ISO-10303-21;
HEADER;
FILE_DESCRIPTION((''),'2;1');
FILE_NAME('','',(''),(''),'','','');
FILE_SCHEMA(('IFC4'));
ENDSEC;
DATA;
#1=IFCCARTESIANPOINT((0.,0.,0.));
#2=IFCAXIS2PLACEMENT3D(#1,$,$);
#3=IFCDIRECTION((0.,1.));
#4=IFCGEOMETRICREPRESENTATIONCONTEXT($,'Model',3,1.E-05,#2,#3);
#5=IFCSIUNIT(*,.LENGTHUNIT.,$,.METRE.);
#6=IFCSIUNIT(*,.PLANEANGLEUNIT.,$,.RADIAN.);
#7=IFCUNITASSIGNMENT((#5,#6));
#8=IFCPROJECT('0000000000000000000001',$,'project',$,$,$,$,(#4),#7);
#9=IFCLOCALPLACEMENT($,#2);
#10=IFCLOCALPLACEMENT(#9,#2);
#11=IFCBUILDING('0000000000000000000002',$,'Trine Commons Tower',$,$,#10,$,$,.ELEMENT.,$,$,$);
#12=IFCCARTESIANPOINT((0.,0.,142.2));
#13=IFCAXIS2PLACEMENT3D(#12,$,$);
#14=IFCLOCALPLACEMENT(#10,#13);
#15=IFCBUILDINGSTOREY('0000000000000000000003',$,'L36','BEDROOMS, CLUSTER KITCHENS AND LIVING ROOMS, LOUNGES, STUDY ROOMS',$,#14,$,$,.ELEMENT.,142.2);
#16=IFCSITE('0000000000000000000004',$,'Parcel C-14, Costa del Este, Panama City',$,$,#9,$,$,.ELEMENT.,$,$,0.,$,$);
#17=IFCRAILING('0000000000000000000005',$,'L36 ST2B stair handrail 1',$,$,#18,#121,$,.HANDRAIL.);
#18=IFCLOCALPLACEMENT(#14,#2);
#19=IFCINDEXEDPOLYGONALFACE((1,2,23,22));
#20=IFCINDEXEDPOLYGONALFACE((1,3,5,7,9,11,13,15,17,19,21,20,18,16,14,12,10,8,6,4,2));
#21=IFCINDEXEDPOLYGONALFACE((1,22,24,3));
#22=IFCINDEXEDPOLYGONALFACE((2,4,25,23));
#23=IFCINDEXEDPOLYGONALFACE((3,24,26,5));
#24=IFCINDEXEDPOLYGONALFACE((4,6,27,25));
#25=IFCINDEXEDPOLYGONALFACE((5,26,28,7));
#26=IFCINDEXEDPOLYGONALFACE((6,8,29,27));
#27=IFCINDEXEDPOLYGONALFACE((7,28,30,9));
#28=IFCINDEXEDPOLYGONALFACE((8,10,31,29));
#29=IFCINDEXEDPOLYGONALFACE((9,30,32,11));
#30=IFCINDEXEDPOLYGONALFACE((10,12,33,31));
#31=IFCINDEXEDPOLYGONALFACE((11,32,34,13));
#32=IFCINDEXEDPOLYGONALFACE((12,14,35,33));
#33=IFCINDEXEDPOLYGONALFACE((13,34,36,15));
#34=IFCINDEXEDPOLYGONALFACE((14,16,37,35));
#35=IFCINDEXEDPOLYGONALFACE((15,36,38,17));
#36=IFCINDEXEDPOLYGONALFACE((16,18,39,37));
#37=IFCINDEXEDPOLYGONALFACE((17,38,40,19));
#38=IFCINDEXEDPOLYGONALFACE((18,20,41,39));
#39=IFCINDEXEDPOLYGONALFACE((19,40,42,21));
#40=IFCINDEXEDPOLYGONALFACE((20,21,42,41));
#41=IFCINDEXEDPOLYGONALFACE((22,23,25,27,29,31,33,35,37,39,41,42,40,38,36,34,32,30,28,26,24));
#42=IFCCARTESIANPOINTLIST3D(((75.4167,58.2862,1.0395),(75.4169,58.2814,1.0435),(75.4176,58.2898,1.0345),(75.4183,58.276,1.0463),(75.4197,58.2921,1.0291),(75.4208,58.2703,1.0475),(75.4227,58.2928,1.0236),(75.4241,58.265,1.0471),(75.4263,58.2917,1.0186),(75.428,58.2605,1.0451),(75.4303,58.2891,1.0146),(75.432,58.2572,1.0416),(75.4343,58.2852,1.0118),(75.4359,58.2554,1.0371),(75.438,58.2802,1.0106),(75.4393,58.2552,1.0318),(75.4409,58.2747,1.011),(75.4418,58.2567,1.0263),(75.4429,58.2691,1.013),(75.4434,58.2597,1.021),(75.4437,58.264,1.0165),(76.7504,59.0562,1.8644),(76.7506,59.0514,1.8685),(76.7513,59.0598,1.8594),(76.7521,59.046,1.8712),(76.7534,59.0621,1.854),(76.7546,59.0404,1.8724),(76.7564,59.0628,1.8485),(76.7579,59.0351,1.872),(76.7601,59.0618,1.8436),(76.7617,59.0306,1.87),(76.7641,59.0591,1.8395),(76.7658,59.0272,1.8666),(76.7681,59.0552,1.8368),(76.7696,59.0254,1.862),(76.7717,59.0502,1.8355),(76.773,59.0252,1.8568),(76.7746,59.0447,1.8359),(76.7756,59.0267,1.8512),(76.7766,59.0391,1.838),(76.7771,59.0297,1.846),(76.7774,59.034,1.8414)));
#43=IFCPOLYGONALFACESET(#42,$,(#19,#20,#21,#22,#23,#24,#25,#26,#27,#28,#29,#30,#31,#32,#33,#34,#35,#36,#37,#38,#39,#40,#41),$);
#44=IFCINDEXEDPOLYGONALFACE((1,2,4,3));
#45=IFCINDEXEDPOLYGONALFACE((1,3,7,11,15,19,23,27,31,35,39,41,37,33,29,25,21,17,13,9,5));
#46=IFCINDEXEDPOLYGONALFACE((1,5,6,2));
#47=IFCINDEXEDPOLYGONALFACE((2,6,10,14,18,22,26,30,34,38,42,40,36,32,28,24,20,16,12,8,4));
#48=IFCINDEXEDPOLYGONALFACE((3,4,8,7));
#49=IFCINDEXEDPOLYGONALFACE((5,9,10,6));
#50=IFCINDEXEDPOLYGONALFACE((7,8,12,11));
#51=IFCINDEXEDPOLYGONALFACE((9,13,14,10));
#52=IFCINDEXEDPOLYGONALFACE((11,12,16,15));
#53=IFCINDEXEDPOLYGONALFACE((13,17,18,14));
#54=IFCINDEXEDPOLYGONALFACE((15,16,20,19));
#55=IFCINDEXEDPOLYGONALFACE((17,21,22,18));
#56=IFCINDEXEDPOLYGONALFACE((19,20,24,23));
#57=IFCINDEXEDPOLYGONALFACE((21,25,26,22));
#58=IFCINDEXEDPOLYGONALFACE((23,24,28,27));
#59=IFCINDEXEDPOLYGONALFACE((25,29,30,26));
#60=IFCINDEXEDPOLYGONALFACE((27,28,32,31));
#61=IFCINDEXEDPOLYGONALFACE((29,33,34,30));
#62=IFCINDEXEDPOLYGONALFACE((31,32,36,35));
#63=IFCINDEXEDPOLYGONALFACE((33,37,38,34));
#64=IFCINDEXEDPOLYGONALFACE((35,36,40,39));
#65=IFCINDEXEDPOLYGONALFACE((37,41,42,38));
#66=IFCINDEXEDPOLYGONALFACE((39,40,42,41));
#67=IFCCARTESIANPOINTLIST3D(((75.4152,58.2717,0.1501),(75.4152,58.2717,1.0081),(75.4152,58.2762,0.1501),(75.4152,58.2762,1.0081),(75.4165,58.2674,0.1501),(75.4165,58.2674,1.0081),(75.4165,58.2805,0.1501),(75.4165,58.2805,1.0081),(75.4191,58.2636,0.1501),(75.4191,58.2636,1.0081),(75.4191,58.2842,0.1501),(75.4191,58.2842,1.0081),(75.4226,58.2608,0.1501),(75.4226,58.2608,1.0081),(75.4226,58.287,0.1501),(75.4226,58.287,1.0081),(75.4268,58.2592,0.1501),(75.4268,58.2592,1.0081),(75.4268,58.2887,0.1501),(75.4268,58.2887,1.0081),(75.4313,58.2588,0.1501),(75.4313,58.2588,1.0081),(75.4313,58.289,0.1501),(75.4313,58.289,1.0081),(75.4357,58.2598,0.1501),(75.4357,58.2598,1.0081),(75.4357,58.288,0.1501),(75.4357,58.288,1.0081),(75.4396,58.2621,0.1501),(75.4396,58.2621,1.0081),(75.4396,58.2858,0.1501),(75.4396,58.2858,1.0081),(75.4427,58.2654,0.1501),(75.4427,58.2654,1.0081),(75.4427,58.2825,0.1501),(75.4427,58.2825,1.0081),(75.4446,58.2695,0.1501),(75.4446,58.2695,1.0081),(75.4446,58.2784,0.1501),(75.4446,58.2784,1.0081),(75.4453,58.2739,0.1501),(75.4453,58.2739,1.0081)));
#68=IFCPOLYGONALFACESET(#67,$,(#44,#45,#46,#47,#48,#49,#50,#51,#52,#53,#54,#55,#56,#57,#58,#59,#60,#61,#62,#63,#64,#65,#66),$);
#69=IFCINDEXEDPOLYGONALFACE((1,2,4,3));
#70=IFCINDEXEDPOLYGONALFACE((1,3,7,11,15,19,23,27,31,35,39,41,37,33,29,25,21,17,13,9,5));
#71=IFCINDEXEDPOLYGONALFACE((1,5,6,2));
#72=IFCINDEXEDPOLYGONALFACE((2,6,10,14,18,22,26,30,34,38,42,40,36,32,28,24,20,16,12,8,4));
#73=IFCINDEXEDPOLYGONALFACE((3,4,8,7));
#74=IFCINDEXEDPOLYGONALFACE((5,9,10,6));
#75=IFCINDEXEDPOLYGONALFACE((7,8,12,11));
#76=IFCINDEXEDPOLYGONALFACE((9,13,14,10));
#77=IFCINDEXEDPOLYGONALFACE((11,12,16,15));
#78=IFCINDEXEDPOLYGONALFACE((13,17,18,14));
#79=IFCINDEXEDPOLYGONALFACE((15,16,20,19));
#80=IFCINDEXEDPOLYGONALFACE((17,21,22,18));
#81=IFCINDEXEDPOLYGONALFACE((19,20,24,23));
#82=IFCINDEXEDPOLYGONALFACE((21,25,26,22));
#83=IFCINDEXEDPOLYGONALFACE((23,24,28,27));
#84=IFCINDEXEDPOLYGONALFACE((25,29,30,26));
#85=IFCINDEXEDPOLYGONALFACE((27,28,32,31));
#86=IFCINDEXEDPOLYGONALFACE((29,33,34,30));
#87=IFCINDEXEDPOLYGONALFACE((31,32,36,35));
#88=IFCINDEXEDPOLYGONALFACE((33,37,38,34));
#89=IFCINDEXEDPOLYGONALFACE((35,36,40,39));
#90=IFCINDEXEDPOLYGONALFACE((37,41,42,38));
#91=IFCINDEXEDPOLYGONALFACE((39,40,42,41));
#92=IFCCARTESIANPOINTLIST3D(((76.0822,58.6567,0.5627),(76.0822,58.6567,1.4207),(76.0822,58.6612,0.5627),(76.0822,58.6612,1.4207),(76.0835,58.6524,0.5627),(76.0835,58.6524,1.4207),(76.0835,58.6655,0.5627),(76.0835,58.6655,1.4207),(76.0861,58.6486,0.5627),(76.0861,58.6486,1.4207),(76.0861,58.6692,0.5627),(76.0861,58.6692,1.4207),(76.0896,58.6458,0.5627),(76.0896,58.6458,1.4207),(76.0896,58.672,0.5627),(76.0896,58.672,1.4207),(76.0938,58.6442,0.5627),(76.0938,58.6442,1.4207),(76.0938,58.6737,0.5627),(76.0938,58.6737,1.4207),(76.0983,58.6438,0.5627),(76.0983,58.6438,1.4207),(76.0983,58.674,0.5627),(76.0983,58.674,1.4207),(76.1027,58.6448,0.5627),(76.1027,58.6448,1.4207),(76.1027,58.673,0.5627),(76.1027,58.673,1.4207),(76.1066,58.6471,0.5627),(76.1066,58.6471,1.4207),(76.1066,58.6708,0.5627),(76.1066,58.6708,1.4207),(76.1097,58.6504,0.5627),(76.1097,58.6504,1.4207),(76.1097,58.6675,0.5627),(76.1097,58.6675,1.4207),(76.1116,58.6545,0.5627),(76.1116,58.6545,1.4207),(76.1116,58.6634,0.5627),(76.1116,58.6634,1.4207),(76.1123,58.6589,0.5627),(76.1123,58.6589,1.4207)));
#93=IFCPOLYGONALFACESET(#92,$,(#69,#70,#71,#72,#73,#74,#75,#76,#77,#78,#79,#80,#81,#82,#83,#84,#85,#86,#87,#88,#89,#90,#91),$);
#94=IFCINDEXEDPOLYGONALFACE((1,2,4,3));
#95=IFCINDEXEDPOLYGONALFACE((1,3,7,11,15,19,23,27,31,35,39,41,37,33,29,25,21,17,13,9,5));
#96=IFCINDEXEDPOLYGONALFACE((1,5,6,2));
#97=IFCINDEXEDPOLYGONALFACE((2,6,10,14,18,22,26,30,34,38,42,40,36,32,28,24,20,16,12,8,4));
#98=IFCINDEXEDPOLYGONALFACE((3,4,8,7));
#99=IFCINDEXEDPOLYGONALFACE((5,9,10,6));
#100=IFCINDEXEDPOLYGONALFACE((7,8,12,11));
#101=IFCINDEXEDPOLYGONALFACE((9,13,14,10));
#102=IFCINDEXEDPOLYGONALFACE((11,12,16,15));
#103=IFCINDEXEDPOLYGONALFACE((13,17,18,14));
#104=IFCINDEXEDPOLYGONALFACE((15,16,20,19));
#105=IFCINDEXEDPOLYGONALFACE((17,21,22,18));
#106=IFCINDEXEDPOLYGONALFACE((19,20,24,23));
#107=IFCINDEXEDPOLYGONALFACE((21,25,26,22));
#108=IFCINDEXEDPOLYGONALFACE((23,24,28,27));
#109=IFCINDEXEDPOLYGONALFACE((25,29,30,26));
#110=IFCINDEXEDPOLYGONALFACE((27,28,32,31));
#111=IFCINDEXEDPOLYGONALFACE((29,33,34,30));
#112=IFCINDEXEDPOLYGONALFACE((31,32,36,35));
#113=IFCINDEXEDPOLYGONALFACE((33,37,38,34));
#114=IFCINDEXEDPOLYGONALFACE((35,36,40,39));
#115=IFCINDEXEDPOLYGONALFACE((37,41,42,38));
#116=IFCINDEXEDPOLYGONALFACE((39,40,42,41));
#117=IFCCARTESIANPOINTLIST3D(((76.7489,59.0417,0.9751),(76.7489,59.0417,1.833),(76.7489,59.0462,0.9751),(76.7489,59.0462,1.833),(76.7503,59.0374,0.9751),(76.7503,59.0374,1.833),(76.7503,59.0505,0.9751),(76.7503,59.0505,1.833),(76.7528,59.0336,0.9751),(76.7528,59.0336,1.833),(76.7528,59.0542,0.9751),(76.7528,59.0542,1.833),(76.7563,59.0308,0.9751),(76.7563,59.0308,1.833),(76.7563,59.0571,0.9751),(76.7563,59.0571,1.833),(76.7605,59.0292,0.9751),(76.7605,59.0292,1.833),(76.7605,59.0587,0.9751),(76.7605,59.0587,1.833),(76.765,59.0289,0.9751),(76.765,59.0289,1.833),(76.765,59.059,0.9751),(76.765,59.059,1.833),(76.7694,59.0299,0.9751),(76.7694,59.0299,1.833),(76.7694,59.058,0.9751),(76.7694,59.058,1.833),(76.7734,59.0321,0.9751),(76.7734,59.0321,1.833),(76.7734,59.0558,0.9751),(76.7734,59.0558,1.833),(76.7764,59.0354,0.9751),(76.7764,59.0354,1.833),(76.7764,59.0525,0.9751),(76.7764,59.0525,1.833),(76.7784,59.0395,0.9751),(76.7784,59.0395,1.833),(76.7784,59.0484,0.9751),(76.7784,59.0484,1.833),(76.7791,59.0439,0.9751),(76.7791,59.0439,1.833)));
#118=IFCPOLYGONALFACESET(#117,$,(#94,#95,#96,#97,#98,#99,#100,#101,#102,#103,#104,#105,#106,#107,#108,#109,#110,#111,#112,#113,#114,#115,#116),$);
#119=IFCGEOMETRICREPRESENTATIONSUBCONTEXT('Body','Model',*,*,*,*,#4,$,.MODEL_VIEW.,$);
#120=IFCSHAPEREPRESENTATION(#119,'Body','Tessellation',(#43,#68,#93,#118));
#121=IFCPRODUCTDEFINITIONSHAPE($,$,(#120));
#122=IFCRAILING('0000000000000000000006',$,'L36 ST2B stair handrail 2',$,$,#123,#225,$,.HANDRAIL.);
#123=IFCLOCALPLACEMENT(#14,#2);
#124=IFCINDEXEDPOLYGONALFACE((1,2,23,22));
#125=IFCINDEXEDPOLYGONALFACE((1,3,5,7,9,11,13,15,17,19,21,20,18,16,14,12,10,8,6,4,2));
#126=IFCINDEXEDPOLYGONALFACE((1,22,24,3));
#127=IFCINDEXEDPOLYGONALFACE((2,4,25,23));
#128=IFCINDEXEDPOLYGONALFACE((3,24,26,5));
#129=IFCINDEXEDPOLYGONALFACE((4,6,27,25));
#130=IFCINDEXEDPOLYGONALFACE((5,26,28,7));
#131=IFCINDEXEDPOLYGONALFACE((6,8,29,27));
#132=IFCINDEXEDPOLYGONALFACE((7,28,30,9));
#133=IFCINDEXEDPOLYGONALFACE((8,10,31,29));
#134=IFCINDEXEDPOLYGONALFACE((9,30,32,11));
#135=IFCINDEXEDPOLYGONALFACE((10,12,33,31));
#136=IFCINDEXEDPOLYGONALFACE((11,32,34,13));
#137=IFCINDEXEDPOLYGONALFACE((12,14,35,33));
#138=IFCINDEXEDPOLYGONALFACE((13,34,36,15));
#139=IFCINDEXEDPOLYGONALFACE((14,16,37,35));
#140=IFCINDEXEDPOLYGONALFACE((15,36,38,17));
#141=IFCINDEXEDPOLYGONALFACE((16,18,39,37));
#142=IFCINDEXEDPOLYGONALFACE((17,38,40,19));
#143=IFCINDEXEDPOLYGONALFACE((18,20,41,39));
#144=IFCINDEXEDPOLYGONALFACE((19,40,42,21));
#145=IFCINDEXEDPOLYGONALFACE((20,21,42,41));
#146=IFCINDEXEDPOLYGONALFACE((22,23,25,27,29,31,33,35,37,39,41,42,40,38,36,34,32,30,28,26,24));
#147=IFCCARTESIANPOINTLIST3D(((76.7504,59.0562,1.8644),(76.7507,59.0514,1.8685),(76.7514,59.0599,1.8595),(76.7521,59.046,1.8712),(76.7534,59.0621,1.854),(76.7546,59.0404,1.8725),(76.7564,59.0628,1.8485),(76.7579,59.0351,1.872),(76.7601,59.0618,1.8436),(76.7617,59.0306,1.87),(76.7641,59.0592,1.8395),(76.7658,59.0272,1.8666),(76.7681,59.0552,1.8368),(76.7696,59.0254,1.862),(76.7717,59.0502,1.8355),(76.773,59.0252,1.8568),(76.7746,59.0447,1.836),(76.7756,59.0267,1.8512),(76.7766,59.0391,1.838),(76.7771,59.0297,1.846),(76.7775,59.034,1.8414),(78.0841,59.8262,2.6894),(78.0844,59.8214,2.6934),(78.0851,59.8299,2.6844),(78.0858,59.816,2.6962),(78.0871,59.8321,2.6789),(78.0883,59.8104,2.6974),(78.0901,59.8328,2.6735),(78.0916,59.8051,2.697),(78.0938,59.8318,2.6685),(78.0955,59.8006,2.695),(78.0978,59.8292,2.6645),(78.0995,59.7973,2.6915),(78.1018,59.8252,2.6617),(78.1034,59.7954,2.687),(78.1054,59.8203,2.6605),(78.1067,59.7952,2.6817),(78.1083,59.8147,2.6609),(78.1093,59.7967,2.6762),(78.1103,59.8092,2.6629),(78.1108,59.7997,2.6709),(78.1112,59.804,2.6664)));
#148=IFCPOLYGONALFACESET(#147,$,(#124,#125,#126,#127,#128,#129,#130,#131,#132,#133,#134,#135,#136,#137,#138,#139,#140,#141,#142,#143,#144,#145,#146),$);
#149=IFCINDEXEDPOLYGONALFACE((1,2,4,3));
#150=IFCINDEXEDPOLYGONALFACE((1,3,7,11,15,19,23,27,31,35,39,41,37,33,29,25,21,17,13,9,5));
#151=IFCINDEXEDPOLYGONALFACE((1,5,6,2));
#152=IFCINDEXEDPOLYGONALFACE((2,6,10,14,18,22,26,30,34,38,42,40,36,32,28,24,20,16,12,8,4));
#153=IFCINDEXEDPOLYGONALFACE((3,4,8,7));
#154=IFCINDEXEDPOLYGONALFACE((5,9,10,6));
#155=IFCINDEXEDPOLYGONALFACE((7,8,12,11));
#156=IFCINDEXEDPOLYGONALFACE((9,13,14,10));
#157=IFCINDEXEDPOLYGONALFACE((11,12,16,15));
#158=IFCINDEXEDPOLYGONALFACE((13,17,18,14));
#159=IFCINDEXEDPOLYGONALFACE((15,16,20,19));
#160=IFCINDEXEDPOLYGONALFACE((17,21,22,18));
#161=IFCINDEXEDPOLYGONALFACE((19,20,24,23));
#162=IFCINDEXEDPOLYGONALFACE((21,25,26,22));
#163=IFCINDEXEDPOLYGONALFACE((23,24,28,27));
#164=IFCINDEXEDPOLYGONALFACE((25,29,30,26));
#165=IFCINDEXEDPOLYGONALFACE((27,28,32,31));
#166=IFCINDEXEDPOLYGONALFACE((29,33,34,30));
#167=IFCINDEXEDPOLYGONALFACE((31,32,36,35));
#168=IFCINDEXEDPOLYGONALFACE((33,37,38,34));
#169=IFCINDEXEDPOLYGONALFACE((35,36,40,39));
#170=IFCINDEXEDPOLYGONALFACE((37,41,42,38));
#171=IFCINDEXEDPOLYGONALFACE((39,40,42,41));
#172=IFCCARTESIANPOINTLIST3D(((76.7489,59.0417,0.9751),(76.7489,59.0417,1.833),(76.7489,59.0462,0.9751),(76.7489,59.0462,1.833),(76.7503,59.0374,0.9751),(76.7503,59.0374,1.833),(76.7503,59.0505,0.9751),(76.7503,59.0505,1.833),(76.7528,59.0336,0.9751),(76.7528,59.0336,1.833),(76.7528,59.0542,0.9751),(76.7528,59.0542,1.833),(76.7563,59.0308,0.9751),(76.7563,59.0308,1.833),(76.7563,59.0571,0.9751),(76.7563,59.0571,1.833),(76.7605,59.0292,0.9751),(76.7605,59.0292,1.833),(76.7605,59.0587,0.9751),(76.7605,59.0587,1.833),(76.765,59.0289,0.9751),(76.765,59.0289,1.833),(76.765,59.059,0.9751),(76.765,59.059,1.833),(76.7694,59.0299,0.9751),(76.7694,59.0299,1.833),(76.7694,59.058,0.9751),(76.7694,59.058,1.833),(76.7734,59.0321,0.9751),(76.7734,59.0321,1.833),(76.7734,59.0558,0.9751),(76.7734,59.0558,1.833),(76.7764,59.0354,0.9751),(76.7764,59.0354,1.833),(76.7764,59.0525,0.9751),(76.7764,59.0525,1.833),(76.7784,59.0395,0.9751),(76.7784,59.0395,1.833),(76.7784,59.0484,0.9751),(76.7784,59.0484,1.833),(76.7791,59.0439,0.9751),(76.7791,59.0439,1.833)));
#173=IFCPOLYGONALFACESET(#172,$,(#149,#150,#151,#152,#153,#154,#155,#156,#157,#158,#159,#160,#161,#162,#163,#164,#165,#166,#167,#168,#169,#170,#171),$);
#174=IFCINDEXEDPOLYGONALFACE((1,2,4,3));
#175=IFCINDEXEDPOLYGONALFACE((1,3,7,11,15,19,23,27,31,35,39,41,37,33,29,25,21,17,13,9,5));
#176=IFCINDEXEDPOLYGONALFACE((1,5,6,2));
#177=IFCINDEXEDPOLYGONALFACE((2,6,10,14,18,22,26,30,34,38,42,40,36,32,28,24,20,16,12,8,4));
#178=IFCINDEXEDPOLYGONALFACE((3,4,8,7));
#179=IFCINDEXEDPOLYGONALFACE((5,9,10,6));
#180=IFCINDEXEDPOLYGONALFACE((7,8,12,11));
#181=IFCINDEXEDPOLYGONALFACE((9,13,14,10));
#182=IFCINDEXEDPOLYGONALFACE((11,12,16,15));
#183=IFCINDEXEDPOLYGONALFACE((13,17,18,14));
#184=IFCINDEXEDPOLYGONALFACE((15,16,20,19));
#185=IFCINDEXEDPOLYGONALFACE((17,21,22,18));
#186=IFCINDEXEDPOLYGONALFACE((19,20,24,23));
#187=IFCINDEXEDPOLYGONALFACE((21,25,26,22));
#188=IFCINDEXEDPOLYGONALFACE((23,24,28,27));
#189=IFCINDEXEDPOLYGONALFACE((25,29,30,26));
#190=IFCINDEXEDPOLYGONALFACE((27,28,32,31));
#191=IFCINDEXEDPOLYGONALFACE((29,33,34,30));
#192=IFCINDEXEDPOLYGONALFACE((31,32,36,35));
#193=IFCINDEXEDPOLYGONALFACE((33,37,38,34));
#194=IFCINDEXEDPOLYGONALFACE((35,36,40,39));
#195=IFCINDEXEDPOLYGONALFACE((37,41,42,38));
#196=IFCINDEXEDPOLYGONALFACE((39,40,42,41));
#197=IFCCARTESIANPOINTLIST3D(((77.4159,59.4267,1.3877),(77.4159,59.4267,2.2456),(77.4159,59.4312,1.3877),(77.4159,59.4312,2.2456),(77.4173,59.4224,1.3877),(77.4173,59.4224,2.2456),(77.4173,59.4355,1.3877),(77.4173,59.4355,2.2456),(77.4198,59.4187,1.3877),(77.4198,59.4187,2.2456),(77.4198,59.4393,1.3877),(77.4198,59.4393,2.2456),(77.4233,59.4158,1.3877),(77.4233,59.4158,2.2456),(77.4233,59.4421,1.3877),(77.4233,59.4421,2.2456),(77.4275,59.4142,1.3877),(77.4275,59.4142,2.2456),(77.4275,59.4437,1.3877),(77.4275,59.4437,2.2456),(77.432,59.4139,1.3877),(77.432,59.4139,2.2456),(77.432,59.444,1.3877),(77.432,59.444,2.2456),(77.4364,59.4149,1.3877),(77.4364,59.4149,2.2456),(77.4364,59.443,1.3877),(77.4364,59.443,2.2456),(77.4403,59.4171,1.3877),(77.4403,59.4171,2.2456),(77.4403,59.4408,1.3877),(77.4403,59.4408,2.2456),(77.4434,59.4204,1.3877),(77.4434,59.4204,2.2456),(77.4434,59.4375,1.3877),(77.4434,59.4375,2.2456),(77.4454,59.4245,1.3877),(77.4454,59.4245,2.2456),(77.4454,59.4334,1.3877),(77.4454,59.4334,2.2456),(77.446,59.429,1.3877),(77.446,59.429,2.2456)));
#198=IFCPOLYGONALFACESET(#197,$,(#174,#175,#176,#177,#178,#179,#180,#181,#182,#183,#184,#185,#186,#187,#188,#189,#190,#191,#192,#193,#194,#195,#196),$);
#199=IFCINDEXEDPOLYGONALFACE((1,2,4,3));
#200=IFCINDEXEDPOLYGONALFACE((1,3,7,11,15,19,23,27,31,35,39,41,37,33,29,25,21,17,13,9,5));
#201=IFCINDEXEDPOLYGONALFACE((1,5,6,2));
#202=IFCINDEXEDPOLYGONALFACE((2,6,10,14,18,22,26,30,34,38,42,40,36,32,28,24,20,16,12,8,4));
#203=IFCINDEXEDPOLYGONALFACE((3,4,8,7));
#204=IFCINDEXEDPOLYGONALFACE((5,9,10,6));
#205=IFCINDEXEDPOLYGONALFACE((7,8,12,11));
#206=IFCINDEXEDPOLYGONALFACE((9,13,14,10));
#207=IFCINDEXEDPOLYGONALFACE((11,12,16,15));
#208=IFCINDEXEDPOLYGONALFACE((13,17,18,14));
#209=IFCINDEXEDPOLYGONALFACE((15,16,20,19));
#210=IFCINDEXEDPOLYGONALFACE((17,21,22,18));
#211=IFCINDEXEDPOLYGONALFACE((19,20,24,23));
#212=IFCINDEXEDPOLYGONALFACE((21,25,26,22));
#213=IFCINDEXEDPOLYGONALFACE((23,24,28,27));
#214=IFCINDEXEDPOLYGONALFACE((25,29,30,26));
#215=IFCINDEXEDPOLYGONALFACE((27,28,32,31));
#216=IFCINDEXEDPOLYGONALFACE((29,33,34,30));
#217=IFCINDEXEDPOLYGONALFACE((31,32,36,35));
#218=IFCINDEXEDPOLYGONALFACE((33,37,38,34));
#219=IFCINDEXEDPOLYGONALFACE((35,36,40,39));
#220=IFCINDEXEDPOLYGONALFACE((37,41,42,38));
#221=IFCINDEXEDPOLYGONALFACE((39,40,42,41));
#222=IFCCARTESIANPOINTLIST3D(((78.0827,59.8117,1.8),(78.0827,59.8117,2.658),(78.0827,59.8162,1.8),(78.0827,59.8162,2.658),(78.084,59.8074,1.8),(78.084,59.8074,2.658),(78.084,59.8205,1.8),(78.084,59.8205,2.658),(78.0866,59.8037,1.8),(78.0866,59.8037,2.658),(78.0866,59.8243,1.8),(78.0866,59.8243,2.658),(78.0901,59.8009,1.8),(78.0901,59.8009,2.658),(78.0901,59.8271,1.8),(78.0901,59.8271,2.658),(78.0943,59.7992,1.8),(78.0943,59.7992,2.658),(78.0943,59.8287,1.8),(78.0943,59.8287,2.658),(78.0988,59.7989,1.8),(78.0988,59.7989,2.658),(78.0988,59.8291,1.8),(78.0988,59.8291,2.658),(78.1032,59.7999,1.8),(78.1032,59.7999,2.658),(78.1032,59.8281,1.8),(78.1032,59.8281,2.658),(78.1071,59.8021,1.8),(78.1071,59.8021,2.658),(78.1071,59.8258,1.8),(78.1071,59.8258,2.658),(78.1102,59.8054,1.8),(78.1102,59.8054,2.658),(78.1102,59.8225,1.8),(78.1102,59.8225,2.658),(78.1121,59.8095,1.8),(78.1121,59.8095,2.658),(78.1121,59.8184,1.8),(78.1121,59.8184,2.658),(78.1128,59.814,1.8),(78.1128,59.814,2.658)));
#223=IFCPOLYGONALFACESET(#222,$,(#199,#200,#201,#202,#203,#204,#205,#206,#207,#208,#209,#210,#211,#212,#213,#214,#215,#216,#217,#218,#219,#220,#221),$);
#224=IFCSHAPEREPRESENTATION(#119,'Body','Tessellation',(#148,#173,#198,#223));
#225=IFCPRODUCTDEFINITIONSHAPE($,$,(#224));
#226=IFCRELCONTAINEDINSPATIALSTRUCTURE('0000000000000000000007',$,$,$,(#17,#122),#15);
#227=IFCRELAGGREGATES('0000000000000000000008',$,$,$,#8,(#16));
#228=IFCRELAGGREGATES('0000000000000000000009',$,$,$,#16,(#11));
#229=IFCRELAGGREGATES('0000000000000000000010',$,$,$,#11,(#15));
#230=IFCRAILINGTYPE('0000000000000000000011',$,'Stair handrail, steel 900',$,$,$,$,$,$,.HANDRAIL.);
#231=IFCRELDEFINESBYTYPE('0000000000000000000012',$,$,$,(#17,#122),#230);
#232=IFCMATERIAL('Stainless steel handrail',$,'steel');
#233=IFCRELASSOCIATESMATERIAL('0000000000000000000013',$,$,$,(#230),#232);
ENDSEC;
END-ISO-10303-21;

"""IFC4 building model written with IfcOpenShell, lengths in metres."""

from ifc_helpers import new_model, si_unit, direction, frame, origin, origin_2d, place, context, subcontext, project, spatial, circle, extrude, material, type_object, element, save


model = new_model("IFC4")

# Units and contexts
model_context = context("Model", 3, precision=1e-05, world=origin(), true_north=direction((0.0, 1.0)))
body_context = subcontext(model_context, "Body", "Model", "MODEL_VIEW")
ifc_project = project(units=[si_unit("LENGTHUNIT", "METRE"), si_unit("PLANEANGLEUNIT", "RADIAN")], contexts=[model_context])

# Site, building, storey
site_placement = place(None, origin())
site = spatial("IfcSite", under=ifc_project, at=site_placement, Name="Parcel C-14, Costa del Este, Panama City", CompositionType="ELEMENT", RefElevation=0.0)
building_placement = place(site_placement, origin())
building = spatial("IfcBuilding", under=site, at=building_placement, Name="Trine Commons Tower", CompositionType="ELEMENT")
storey_placement = place(building_placement, frame((0.0, 0.0, 142.2)))
storey = spatial("IfcBuildingStorey", under=building, at=storey_placement, Name="L36", Description="BEDROOMS, CLUSTER KITCHENS AND LIVING ROOMS, LOUNGES, STUDY ROOMS", CompositionType="ELEMENT", Elevation=142.2)

# Railings
ifc_material_1 = material(Name="Stainless steel handrail", Category="steel")
railing_type_1 = type_object("IfcRailingType", Name="Stair handrail, steel 900", PredefinedType="HANDRAIL", material=ifc_material_1)
for number, where, name in (
    (1, (75.4302, 58.2739, 0.1501), "L36 ST2B stair handrail 1"),
    (2, (76.7639, 59.0439, 0.9751), "L36 ST2B stair handrail 2"),
):
    element("IfcRailing", number, at=place(storey_placement, frame(where)), inside=storey, type_object=railing_type_1, Name=name, PredefinedType="HANDRAIL", context=body_context, shape_type="SweptSolid", body=[
        extrude(circle(Radius=0.021, at=origin_2d()), frame((0.0, 0.0, 0.8789), z_axis=(0.763405, 0.440743, 0.472185), x_axis=(-0.499992, 0.86603, 0.0)), (0.0, 0.0, 1.0), 1.7471),
        extrude(circle(Radius=0.0151, at=origin_2d()), origin(), (0.0, 0.0, 1.0), 0.8579),
        extrude(circle(Radius=0.0151, at=origin_2d()), frame((0.667, 0.385, 0.4126)), (0.0, 0.0, 1.0), 0.8579),
        extrude(circle(Radius=0.0151, at=origin_2d()), frame((1.3337, 0.77, 0.825)), (0.0, 0.0, 1.0), 0.8579),
    ])

save(model, "model.ifc")
